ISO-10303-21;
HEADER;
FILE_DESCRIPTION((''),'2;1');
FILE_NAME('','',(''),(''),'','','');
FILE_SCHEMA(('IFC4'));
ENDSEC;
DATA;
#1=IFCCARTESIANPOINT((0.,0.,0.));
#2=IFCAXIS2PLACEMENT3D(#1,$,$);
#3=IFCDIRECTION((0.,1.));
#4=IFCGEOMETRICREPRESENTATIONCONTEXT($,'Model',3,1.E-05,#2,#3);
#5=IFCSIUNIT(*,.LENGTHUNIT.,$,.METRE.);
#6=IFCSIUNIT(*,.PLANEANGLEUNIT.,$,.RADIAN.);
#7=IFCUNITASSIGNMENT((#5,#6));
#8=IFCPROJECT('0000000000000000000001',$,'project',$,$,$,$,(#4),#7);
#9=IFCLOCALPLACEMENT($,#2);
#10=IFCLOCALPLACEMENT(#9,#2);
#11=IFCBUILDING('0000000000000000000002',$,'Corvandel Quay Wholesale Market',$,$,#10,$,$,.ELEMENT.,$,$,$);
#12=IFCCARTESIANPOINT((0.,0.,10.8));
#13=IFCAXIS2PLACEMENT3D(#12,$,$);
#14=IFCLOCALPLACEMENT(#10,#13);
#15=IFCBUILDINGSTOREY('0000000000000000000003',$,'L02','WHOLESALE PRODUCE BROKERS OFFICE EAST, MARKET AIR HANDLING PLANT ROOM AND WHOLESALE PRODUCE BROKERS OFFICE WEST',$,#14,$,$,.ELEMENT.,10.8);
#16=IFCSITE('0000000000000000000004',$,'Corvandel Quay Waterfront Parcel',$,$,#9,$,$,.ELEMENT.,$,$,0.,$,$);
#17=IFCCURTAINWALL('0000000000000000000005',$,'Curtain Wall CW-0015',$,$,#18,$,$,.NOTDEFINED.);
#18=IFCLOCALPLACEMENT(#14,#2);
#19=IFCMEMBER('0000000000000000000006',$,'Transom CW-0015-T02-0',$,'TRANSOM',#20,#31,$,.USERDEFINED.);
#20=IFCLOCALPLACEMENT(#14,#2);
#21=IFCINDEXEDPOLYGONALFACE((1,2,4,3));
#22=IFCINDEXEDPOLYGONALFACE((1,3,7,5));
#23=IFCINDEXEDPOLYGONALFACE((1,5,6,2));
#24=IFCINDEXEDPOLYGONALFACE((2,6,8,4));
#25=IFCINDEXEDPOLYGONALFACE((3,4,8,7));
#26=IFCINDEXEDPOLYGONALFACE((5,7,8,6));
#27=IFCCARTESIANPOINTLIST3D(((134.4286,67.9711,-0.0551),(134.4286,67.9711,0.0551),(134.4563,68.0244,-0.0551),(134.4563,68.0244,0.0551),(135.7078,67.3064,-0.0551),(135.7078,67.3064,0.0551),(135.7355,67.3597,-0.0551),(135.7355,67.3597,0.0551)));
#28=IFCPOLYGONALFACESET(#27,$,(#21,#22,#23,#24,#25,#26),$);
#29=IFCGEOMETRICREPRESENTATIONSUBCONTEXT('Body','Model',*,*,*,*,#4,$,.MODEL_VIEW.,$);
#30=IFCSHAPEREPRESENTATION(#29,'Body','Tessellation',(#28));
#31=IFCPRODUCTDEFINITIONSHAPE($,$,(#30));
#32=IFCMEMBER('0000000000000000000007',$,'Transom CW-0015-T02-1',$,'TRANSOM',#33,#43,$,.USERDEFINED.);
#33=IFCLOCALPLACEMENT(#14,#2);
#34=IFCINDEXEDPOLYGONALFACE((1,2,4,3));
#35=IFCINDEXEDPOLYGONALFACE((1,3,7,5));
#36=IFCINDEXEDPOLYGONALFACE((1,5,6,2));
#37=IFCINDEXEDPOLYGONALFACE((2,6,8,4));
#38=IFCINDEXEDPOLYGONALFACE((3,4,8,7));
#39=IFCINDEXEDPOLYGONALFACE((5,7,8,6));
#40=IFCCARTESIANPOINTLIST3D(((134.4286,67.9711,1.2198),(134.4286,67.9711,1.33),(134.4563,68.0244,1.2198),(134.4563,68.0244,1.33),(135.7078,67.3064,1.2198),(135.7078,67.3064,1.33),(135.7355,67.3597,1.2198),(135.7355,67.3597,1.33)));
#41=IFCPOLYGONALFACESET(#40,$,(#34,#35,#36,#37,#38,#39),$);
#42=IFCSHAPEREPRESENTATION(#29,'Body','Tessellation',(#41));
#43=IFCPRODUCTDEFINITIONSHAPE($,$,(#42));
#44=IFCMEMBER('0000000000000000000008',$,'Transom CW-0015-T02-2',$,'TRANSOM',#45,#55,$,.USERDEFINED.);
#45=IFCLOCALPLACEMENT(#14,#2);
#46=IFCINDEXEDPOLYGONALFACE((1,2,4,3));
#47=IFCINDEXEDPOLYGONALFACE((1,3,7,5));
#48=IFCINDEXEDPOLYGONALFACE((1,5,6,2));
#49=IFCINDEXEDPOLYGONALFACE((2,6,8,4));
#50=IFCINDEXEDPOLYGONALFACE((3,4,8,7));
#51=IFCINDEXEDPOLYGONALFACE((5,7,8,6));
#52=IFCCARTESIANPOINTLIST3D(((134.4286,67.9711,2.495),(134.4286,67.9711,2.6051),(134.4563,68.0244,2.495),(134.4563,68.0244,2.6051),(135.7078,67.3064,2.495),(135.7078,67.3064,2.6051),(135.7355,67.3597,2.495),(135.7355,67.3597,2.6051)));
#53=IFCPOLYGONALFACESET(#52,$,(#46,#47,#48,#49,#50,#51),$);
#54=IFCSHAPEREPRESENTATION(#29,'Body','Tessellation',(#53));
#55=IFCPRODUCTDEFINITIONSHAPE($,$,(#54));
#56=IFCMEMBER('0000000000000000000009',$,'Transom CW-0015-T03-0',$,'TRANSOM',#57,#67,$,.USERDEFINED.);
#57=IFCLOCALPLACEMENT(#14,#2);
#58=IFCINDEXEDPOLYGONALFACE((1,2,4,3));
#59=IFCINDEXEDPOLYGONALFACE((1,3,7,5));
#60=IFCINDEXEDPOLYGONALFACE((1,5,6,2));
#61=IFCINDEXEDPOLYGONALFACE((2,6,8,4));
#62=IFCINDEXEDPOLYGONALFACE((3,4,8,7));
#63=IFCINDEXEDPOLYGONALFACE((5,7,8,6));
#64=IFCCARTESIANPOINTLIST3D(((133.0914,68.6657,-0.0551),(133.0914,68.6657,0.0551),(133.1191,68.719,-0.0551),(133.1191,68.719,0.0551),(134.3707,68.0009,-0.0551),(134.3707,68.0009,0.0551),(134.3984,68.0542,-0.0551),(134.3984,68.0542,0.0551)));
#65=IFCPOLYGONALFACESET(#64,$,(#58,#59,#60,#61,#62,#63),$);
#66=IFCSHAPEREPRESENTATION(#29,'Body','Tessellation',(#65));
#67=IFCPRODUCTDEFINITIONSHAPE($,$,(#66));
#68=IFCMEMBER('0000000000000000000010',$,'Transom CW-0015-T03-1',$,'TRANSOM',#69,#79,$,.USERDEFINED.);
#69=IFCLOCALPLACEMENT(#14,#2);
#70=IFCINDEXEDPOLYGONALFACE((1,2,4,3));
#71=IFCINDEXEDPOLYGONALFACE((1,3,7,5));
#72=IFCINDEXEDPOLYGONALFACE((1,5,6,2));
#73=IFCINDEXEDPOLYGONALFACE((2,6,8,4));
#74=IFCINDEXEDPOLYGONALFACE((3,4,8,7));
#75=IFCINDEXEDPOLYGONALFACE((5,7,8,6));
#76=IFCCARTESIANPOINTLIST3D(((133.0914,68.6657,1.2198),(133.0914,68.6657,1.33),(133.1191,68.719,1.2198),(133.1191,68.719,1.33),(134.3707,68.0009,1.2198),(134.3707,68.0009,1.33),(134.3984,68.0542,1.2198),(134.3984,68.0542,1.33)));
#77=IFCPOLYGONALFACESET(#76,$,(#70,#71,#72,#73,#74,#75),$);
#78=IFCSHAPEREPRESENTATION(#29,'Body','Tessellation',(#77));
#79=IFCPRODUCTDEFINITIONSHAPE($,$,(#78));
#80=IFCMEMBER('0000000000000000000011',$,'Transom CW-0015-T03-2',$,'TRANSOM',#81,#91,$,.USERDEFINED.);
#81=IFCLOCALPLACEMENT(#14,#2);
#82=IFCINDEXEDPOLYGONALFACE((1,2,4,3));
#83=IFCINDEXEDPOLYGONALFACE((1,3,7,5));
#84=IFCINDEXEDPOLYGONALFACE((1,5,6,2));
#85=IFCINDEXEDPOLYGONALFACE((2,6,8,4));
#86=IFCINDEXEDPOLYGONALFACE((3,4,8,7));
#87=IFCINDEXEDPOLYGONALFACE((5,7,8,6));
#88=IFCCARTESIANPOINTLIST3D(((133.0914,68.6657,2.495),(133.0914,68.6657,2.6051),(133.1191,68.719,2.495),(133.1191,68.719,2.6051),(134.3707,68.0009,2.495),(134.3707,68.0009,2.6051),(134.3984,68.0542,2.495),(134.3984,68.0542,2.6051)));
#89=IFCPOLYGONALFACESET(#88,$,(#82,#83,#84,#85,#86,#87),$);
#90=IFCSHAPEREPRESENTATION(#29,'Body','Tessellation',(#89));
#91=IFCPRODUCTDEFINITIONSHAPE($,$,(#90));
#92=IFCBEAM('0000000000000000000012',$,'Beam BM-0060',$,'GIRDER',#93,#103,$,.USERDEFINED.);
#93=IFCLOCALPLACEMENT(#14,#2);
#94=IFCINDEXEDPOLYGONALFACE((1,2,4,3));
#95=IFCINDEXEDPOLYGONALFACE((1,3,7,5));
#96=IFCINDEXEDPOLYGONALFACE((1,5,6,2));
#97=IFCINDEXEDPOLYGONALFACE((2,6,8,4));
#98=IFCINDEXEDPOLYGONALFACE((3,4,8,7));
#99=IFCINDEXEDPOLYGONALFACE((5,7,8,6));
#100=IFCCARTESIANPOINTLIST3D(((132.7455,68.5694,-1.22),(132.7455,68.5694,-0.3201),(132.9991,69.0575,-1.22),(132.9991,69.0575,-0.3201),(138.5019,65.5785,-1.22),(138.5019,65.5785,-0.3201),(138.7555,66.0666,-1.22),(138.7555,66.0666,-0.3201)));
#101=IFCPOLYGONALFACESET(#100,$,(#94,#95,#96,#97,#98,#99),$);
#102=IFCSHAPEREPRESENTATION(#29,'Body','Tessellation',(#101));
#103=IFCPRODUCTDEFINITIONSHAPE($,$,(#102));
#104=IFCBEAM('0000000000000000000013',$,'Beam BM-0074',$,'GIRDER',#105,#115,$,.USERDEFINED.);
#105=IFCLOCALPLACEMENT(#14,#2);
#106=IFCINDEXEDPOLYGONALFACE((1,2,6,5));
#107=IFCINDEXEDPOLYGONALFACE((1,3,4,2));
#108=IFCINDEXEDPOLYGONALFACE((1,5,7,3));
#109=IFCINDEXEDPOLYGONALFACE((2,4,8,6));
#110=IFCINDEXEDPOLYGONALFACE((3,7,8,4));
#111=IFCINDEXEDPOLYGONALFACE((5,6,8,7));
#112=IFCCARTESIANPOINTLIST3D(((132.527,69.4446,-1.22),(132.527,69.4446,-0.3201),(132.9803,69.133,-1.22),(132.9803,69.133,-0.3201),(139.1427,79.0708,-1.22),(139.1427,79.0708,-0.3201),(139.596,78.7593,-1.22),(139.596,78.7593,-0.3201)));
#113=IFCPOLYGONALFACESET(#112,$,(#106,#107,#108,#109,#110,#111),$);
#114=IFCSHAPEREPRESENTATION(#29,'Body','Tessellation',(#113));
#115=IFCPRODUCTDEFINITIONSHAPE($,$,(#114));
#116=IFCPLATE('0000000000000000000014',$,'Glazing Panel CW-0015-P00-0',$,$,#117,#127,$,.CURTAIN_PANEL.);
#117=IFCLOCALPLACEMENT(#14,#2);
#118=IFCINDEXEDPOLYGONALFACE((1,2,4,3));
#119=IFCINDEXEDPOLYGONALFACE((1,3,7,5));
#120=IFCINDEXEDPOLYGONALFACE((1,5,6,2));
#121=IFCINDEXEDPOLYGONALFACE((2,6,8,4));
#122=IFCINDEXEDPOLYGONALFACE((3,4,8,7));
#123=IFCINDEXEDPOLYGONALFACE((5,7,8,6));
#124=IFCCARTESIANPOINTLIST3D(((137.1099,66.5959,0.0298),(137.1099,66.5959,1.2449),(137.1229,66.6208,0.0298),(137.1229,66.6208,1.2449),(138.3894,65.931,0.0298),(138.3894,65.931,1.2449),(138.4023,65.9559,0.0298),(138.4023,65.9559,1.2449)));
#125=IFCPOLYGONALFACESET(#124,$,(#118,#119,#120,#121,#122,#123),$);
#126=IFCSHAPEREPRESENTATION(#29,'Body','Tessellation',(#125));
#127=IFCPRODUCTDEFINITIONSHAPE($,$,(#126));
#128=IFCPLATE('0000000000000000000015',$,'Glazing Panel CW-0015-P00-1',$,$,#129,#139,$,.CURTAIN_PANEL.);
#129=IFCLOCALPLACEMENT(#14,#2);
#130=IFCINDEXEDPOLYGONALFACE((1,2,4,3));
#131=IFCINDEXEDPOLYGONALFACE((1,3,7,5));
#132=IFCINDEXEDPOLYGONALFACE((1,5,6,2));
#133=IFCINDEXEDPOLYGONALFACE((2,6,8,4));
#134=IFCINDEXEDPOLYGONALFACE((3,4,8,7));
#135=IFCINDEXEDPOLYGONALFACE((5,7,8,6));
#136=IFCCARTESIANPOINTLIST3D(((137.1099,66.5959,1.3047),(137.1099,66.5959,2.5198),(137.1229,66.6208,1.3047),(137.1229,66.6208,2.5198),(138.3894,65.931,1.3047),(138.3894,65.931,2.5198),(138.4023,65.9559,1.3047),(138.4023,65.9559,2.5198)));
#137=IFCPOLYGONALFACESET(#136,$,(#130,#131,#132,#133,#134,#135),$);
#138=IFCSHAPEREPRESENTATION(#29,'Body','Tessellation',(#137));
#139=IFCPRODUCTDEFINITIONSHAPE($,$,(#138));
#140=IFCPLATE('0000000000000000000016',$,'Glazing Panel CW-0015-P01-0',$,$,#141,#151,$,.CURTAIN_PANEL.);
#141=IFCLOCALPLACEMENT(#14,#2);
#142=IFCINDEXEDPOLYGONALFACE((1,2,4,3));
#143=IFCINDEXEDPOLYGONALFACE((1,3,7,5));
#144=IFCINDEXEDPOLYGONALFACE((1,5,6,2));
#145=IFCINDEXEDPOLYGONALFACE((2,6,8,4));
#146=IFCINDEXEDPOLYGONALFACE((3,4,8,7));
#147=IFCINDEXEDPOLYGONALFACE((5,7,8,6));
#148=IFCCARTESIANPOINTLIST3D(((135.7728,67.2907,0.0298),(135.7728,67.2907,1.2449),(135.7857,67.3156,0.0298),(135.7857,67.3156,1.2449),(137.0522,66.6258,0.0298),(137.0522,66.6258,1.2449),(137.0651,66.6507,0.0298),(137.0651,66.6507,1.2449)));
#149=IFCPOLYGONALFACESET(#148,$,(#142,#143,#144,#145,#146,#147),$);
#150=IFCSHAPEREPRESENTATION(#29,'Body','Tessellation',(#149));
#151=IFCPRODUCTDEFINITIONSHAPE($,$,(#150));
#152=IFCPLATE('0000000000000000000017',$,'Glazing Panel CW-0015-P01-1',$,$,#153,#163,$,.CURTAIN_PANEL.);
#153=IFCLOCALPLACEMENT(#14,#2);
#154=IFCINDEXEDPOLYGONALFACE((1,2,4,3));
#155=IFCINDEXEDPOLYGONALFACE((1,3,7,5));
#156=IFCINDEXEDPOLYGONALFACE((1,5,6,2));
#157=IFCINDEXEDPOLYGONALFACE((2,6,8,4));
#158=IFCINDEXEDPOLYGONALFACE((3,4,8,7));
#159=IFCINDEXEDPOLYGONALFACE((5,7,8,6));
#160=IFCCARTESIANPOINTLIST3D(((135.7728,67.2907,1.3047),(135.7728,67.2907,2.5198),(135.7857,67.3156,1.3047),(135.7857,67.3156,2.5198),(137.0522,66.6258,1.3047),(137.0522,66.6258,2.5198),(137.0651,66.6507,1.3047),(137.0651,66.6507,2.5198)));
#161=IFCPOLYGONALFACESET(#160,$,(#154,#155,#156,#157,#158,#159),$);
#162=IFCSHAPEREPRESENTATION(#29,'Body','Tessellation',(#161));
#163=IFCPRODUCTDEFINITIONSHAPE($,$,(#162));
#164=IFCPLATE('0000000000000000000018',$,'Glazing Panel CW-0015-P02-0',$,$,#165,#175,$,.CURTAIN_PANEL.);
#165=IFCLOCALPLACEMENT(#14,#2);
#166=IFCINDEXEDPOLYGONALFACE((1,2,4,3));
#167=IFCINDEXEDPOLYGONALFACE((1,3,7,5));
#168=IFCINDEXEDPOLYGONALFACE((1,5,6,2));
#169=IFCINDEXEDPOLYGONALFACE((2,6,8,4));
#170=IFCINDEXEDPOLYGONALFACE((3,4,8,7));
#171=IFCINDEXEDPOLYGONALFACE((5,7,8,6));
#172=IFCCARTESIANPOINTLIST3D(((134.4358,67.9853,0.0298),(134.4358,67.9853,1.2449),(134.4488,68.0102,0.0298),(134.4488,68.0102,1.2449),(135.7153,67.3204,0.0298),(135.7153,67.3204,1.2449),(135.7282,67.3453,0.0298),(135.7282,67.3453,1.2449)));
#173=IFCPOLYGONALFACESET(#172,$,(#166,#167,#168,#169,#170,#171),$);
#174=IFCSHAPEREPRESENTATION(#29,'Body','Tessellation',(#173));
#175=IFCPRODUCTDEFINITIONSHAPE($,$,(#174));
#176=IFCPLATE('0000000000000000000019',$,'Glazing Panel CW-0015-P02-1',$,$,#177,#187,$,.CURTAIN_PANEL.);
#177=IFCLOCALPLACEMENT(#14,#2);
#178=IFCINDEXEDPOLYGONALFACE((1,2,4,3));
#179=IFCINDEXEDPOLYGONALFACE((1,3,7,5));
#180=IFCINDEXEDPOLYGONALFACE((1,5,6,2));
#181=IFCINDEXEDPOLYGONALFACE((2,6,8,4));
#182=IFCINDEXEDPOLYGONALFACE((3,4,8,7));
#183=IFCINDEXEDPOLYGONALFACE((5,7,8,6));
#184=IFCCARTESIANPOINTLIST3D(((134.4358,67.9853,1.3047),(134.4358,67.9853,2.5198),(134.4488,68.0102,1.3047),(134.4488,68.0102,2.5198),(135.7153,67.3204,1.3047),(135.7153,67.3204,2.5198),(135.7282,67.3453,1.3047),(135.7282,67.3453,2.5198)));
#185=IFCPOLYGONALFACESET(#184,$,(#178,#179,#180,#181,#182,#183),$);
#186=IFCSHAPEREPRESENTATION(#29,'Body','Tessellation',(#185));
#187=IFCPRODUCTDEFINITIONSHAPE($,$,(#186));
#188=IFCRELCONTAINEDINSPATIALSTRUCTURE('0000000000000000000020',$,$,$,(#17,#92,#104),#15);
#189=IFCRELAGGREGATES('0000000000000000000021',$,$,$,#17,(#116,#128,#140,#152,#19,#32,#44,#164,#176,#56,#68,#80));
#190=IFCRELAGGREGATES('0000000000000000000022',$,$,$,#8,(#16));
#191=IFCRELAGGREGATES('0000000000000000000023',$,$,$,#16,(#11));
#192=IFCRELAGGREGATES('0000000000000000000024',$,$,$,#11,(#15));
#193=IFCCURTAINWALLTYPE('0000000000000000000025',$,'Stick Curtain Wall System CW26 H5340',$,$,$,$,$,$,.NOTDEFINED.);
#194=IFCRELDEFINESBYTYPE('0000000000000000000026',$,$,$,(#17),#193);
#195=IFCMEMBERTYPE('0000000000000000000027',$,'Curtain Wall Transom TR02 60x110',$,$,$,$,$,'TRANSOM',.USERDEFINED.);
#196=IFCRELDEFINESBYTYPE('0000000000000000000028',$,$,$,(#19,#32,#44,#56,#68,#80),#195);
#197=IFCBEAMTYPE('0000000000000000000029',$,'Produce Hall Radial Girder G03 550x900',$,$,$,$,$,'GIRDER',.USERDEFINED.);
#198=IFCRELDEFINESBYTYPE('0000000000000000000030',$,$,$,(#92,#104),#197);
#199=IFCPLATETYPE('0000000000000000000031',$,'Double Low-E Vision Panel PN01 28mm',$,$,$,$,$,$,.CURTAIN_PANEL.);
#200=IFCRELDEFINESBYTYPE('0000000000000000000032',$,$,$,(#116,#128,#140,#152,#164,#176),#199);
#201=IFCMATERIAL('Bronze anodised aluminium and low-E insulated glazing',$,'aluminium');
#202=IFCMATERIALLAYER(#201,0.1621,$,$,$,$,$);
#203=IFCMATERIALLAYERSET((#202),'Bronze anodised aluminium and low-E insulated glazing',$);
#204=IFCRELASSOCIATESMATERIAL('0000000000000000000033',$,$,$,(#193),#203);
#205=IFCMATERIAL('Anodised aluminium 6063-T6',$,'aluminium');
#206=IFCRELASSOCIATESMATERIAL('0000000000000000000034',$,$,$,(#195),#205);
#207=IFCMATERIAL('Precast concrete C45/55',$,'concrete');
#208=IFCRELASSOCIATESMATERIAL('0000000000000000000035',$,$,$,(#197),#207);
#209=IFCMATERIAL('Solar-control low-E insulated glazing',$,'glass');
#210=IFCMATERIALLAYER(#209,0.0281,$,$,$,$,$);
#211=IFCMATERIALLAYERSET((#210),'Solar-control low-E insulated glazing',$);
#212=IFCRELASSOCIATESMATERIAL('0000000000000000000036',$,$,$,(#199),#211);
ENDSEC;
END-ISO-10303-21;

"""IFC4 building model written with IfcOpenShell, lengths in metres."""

from ifc_helpers import new_model, si_unit, direction, frame, origin, origin_2d, place, context, subcontext, project, spatial, rectangle, extrude, material, layer, layer_set, material_profile, profile_set, type_object, element, aggregate, save


model = new_model("IFC4")

# Units and contexts
model_context = context("Model", 3, precision=1e-05, world=origin(), true_north=direction((0.0, 1.0)))
body_context = subcontext(model_context, "Body", "Model", "MODEL_VIEW")
ifc_project = project(units=[si_unit("LENGTHUNIT", "METRE"), si_unit("PLANEANGLEUNIT", "RADIAN")], contexts=[model_context])

# Site, building, storey
site_placement = place(None, origin())
site = spatial("IfcSite", under=ifc_project, at=site_placement, Name="Corvandel Quay Waterfront Parcel", CompositionType="ELEMENT", RefElevation=0.0)
building_placement = place(site_placement, origin())
building = spatial("IfcBuilding", under=site, at=building_placement, Name="Corvandel Quay Wholesale Market", CompositionType="ELEMENT")
storey_placement = place(building_placement, frame((0.0, 0.0, 10.8)))
storey = spatial("IfcBuildingStorey", under=building, at=storey_placement, Name="L02", Description="WHOLESALE PRODUCE BROKERS OFFICE EAST, MARKET AIR HANDLING PLANT ROOM AND WHOLESALE PRODUCE BROKERS OFFICE WEST", CompositionType="ELEMENT", Elevation=10.8)

# Shared definitions
ifc_material_1 = material(Name="Precast concrete C45/55", Category="concrete")

# Shared definitions
ifc_material_2 = material(Name="Bronze anodised aluminium and low-E insulated glazing", Category="aluminium")
ifc_material_3 = material(Name="Anodised aluminium 6063-T6", Category="aluminium")

# Curtain wall, members
ifc_layer_1 = layer(ifc_material_2, 0.1621)
ifc_layer_set_1 = layer_set([ifc_layer_1], Name="Bronze anodised aluminium and low-E insulated glazing")
curtain_wall_type_1 = type_object("IfcCurtainWallType", Name="Stick Curtain Wall System CW26 H5340", PredefinedType="NOTDEFINED", material=ifc_layer_set_1)
curtain_wall_1_placement = place(storey_placement, origin())
curtain_wall_1 = element("IfcCurtainWall", 1, at=curtain_wall_1_placement, inside=storey, type_object=curtain_wall_type_1, Name="Curtain Wall CW-0015", PredefinedType="NOTDEFINED")
ifc_material_profile_1 = material_profile(ifc_material_3, rectangle(XDim=0.0601, YDim=0.1101, at=origin_2d()), Name="ALU-TRN-60x110")
ifc_profile_set_1 = profile_set([ifc_material_profile_1], Name="Anodised aluminium 6063-T6")
member_type_1 = type_object("IfcMemberType", Name="Curtain Wall Transom TR02 60x110", ElementType="TRANSOM", PredefinedType="USERDEFINED", material=ifc_profile_set_1)
member_1_placement = place(storey_placement, frame((135.7217, 67.333, 0.0), z_axis=(-0.887342, 0.461113, 0.0), x_axis=(-0.461113, -0.887342, 0.0)))
member_1 = element("IfcMember", 2, at=member_1_placement, type_object=member_type_1, Name="Transom CW-0015-T02-0", ObjectType="TRANSOM", PredefinedType="USERDEFINED", context=body_context, shape_type="SweptSolid", body=[
    extrude(rectangle(XDim=0.0601, YDim=0.1101, at=origin_2d()), origin(), (0.0, 0.0, 1.0), 1.4417),
])
member_2_placement = place(storey_placement, frame((135.7217, 67.333, 1.2749), z_axis=(-0.887342, 0.461113, 0.0), x_axis=(-0.461113, -0.887342, 0.0)))
member_2 = element("IfcMember", 3, at=member_2_placement, type_object=member_type_1, Name="Transom CW-0015-T02-1", ObjectType="TRANSOM", PredefinedType="USERDEFINED", context=body_context, shape_type="SweptSolid", body=[
    extrude(rectangle(XDim=0.0601, YDim=0.1101, at=origin_2d()), origin(), (0.0, 0.0, 1.0), 1.4417),
])
member_3_placement = place(storey_placement, frame((135.7217, 67.333, 2.55), z_axis=(-0.887342, 0.461113, 0.0), x_axis=(-0.461113, -0.887342, 0.0)))
member_3 = element("IfcMember", 4, at=member_3_placement, type_object=member_type_1, Name="Transom CW-0015-T02-2", ObjectType="TRANSOM", PredefinedType="USERDEFINED", context=body_context, shape_type="SweptSolid", body=[
    extrude(rectangle(XDim=0.0601, YDim=0.1101, at=origin_2d()), origin(), (0.0, 0.0, 1.0), 1.4417),
])
member_4_placement = place(storey_placement, frame((134.3845, 68.0276, 0.0), z_axis=(-0.887342, 0.461113, 0.0), x_axis=(-0.461113, -0.887342, 0.0)))
member_4 = element("IfcMember", 5, at=member_4_placement, type_object=member_type_1, Name="Transom CW-0015-T03-0", ObjectType="TRANSOM", PredefinedType="USERDEFINED", context=body_context, shape_type="SweptSolid", body=[
    extrude(rectangle(XDim=0.0601, YDim=0.1101, at=origin_2d()), origin(), (0.0, 0.0, 1.0), 1.4417),
])
member_5_placement = place(storey_placement, frame((134.3845, 68.0276, 1.2749), z_axis=(-0.887342, 0.461113, 0.0), x_axis=(-0.461113, -0.887342, 0.0)))
member_5 = element("IfcMember", 6, at=member_5_placement, type_object=member_type_1, Name="Transom CW-0015-T03-1", ObjectType="TRANSOM", PredefinedType="USERDEFINED", context=body_context, shape_type="SweptSolid", body=[
    extrude(rectangle(XDim=0.0601, YDim=0.1101, at=origin_2d()), origin(), (0.0, 0.0, 1.0), 1.4417),
])
member_6_placement = place(storey_placement, frame((134.3845, 68.0276, 2.55), z_axis=(-0.887342, 0.461113, 0.0), x_axis=(-0.461113, -0.887342, 0.0)))
member_6 = element("IfcMember", 7, at=member_6_placement, type_object=member_type_1, Name="Transom CW-0015-T03-2", ObjectType="TRANSOM", PredefinedType="USERDEFINED", context=body_context, shape_type="SweptSolid", body=[
    extrude(rectangle(XDim=0.0601, YDim=0.1101, at=origin_2d()), origin(), (0.0, 0.0, 1.0), 1.4417),
])

# Beams
ifc_material_profile_2 = material_profile(ifc_material_1, rectangle(XDim=0.55, YDim=0.8999, at=origin_2d()), Name="PC-GIR-550x900")
ifc_profile_set_2 = profile_set([ifc_material_profile_2], Name="Precast concrete C45/55")
beam_type = type_object("IfcBeamType", Name="Produce Hall Radial Girder G03 550x900", ElementType="GIRDER", PredefinedType="USERDEFINED", material=ifc_profile_set_2)
beam_1_placement = place(storey_placement, frame((138.6287, 65.8225, -0.77), z_axis=(-0.887364, 0.46107, 0.0), x_axis=(-0.46107, -0.887364, 0.0)))
element("IfcBeam", 8, at=beam_1_placement, inside=storey, type_object=beam_type, Name="Beam BM-0060", ObjectType="GIRDER", PredefinedType="USERDEFINED", context=body_context, shape_type="SweptSolid", body=[
    extrude(rectangle(XDim=0.55, YDim=0.8999, at=origin_2d()), origin(), (0.0, 0.0, 1.0), 6.4871),
])
beam_2_placement = place(storey_placement, frame((139.3694, 78.915, -0.77), z_axis=(-0.566395, -0.824134, 0.0), x_axis=(0.824134, -0.566395, 0.0)))
element("IfcBeam", 9, at=beam_2_placement, inside=storey, type_object=beam_type, Name="Beam BM-0074", ObjectType="GIRDER", PredefinedType="USERDEFINED", context=body_context, shape_type="SweptSolid", body=[
    extrude(rectangle(XDim=0.55, YDim=0.8999, at=origin_2d()), origin(), (0.0, 0.0, 1.0), 11.6804),
])

# Plates
ifc_material_4 = material(Name="Solar-control low-E insulated glazing", Category="glass")
ifc_layer_2 = layer(ifc_material_4, 0.0281)
ifc_layer_set_2 = layer_set([ifc_layer_2], Name="Solar-control low-E insulated glazing")
plate_type = type_object("IfcPlateType", Name="Double Low-E Vision Panel PN01 28mm", PredefinedType="CURTAIN_PANEL", material=ifc_layer_set_2)
plate_1_placement = place(storey_placement, frame((137.7561, 66.2759, 0.0298), z_axis=(0.0, 0.0, 1.0), x_axis=(-0.887333, 0.461129, 0.0)))
plate_1 = element("IfcPlate", 10, at=plate_1_placement, type_object=plate_type, Name="Glazing Panel CW-0015-P00-0", PredefinedType="CURTAIN_PANEL", context=body_context, shape_type="SweptSolid", body=[
    extrude(rectangle(XDim=1.4419, YDim=0.0281, at=origin_2d()), origin(), (0.0, 0.0, 1.0), 1.2151),
])
plate_2_placement = place(storey_placement, frame((137.7561, 66.2759, 1.3047), z_axis=(0.0, 0.0, 1.0), x_axis=(-0.887333, 0.461129, 0.0)))
plate_2 = element("IfcPlate", 11, at=plate_2_placement, type_object=plate_type, Name="Glazing Panel CW-0015-P00-1", PredefinedType="CURTAIN_PANEL", context=body_context, shape_type="SweptSolid", body=[
    extrude(rectangle(XDim=1.4419, YDim=0.0281, at=origin_2d()), origin(), (0.0, 0.0, 1.0), 1.2151),
])
plate_3_placement = place(storey_placement, frame((136.4189, 66.9707, 0.0298), z_axis=(0.0, 0.0, 1.0), x_axis=(-0.887333, 0.461129, 0.0)))
plate_3 = element("IfcPlate", 12, at=plate_3_placement, type_object=plate_type, Name="Glazing Panel CW-0015-P01-0", PredefinedType="CURTAIN_PANEL", context=body_context, shape_type="SweptSolid", body=[
    extrude(rectangle(XDim=1.4419, YDim=0.0281, at=origin_2d()), origin(), (0.0, 0.0, 1.0), 1.2151),
])
plate_4_placement = place(storey_placement, frame((136.4189, 66.9707, 1.3047), z_axis=(0.0, 0.0, 1.0), x_axis=(-0.887333, 0.461129, 0.0)))
plate_4 = element("IfcPlate", 13, at=plate_4_placement, type_object=plate_type, Name="Glazing Panel CW-0015-P01-1", PredefinedType="CURTAIN_PANEL", context=body_context, shape_type="SweptSolid", body=[
    extrude(rectangle(XDim=1.4419, YDim=0.0281, at=origin_2d()), origin(), (0.0, 0.0, 1.0), 1.2151),
])
plate_5_placement = place(storey_placement, frame((135.082, 67.6653, 0.0298), z_axis=(0.0, 0.0, 1.0), x_axis=(-0.887333, 0.461129, 0.0)))
plate_5 = element("IfcPlate", 14, at=plate_5_placement, type_object=plate_type, Name="Glazing Panel CW-0015-P02-0", PredefinedType="CURTAIN_PANEL", context=body_context, shape_type="SweptSolid", body=[
    extrude(rectangle(XDim=1.4419, YDim=0.0281, at=origin_2d()), origin(), (0.0, 0.0, 1.0), 1.2151),
])
plate_6_placement = place(storey_placement, frame((135.082, 67.6653, 1.3047), z_axis=(0.0, 0.0, 1.0), x_axis=(-0.887333, 0.461129, 0.0)))
plate_6 = element("IfcPlate", 15, at=plate_6_placement, type_object=plate_type, Name="Glazing Panel CW-0015-P02-1", PredefinedType="CURTAIN_PANEL", context=body_context, shape_type="SweptSolid", body=[
    extrude(rectangle(XDim=1.4419, YDim=0.0281, at=origin_2d()), origin(), (0.0, 0.0, 1.0), 1.2151),
])
aggregate(curtain_wall_1, [plate_1, plate_2, plate_3, plate_4, member_1, member_2, member_3, plate_5, plate_6, member_4, member_5, member_6])

save(model, "model.ifc")
